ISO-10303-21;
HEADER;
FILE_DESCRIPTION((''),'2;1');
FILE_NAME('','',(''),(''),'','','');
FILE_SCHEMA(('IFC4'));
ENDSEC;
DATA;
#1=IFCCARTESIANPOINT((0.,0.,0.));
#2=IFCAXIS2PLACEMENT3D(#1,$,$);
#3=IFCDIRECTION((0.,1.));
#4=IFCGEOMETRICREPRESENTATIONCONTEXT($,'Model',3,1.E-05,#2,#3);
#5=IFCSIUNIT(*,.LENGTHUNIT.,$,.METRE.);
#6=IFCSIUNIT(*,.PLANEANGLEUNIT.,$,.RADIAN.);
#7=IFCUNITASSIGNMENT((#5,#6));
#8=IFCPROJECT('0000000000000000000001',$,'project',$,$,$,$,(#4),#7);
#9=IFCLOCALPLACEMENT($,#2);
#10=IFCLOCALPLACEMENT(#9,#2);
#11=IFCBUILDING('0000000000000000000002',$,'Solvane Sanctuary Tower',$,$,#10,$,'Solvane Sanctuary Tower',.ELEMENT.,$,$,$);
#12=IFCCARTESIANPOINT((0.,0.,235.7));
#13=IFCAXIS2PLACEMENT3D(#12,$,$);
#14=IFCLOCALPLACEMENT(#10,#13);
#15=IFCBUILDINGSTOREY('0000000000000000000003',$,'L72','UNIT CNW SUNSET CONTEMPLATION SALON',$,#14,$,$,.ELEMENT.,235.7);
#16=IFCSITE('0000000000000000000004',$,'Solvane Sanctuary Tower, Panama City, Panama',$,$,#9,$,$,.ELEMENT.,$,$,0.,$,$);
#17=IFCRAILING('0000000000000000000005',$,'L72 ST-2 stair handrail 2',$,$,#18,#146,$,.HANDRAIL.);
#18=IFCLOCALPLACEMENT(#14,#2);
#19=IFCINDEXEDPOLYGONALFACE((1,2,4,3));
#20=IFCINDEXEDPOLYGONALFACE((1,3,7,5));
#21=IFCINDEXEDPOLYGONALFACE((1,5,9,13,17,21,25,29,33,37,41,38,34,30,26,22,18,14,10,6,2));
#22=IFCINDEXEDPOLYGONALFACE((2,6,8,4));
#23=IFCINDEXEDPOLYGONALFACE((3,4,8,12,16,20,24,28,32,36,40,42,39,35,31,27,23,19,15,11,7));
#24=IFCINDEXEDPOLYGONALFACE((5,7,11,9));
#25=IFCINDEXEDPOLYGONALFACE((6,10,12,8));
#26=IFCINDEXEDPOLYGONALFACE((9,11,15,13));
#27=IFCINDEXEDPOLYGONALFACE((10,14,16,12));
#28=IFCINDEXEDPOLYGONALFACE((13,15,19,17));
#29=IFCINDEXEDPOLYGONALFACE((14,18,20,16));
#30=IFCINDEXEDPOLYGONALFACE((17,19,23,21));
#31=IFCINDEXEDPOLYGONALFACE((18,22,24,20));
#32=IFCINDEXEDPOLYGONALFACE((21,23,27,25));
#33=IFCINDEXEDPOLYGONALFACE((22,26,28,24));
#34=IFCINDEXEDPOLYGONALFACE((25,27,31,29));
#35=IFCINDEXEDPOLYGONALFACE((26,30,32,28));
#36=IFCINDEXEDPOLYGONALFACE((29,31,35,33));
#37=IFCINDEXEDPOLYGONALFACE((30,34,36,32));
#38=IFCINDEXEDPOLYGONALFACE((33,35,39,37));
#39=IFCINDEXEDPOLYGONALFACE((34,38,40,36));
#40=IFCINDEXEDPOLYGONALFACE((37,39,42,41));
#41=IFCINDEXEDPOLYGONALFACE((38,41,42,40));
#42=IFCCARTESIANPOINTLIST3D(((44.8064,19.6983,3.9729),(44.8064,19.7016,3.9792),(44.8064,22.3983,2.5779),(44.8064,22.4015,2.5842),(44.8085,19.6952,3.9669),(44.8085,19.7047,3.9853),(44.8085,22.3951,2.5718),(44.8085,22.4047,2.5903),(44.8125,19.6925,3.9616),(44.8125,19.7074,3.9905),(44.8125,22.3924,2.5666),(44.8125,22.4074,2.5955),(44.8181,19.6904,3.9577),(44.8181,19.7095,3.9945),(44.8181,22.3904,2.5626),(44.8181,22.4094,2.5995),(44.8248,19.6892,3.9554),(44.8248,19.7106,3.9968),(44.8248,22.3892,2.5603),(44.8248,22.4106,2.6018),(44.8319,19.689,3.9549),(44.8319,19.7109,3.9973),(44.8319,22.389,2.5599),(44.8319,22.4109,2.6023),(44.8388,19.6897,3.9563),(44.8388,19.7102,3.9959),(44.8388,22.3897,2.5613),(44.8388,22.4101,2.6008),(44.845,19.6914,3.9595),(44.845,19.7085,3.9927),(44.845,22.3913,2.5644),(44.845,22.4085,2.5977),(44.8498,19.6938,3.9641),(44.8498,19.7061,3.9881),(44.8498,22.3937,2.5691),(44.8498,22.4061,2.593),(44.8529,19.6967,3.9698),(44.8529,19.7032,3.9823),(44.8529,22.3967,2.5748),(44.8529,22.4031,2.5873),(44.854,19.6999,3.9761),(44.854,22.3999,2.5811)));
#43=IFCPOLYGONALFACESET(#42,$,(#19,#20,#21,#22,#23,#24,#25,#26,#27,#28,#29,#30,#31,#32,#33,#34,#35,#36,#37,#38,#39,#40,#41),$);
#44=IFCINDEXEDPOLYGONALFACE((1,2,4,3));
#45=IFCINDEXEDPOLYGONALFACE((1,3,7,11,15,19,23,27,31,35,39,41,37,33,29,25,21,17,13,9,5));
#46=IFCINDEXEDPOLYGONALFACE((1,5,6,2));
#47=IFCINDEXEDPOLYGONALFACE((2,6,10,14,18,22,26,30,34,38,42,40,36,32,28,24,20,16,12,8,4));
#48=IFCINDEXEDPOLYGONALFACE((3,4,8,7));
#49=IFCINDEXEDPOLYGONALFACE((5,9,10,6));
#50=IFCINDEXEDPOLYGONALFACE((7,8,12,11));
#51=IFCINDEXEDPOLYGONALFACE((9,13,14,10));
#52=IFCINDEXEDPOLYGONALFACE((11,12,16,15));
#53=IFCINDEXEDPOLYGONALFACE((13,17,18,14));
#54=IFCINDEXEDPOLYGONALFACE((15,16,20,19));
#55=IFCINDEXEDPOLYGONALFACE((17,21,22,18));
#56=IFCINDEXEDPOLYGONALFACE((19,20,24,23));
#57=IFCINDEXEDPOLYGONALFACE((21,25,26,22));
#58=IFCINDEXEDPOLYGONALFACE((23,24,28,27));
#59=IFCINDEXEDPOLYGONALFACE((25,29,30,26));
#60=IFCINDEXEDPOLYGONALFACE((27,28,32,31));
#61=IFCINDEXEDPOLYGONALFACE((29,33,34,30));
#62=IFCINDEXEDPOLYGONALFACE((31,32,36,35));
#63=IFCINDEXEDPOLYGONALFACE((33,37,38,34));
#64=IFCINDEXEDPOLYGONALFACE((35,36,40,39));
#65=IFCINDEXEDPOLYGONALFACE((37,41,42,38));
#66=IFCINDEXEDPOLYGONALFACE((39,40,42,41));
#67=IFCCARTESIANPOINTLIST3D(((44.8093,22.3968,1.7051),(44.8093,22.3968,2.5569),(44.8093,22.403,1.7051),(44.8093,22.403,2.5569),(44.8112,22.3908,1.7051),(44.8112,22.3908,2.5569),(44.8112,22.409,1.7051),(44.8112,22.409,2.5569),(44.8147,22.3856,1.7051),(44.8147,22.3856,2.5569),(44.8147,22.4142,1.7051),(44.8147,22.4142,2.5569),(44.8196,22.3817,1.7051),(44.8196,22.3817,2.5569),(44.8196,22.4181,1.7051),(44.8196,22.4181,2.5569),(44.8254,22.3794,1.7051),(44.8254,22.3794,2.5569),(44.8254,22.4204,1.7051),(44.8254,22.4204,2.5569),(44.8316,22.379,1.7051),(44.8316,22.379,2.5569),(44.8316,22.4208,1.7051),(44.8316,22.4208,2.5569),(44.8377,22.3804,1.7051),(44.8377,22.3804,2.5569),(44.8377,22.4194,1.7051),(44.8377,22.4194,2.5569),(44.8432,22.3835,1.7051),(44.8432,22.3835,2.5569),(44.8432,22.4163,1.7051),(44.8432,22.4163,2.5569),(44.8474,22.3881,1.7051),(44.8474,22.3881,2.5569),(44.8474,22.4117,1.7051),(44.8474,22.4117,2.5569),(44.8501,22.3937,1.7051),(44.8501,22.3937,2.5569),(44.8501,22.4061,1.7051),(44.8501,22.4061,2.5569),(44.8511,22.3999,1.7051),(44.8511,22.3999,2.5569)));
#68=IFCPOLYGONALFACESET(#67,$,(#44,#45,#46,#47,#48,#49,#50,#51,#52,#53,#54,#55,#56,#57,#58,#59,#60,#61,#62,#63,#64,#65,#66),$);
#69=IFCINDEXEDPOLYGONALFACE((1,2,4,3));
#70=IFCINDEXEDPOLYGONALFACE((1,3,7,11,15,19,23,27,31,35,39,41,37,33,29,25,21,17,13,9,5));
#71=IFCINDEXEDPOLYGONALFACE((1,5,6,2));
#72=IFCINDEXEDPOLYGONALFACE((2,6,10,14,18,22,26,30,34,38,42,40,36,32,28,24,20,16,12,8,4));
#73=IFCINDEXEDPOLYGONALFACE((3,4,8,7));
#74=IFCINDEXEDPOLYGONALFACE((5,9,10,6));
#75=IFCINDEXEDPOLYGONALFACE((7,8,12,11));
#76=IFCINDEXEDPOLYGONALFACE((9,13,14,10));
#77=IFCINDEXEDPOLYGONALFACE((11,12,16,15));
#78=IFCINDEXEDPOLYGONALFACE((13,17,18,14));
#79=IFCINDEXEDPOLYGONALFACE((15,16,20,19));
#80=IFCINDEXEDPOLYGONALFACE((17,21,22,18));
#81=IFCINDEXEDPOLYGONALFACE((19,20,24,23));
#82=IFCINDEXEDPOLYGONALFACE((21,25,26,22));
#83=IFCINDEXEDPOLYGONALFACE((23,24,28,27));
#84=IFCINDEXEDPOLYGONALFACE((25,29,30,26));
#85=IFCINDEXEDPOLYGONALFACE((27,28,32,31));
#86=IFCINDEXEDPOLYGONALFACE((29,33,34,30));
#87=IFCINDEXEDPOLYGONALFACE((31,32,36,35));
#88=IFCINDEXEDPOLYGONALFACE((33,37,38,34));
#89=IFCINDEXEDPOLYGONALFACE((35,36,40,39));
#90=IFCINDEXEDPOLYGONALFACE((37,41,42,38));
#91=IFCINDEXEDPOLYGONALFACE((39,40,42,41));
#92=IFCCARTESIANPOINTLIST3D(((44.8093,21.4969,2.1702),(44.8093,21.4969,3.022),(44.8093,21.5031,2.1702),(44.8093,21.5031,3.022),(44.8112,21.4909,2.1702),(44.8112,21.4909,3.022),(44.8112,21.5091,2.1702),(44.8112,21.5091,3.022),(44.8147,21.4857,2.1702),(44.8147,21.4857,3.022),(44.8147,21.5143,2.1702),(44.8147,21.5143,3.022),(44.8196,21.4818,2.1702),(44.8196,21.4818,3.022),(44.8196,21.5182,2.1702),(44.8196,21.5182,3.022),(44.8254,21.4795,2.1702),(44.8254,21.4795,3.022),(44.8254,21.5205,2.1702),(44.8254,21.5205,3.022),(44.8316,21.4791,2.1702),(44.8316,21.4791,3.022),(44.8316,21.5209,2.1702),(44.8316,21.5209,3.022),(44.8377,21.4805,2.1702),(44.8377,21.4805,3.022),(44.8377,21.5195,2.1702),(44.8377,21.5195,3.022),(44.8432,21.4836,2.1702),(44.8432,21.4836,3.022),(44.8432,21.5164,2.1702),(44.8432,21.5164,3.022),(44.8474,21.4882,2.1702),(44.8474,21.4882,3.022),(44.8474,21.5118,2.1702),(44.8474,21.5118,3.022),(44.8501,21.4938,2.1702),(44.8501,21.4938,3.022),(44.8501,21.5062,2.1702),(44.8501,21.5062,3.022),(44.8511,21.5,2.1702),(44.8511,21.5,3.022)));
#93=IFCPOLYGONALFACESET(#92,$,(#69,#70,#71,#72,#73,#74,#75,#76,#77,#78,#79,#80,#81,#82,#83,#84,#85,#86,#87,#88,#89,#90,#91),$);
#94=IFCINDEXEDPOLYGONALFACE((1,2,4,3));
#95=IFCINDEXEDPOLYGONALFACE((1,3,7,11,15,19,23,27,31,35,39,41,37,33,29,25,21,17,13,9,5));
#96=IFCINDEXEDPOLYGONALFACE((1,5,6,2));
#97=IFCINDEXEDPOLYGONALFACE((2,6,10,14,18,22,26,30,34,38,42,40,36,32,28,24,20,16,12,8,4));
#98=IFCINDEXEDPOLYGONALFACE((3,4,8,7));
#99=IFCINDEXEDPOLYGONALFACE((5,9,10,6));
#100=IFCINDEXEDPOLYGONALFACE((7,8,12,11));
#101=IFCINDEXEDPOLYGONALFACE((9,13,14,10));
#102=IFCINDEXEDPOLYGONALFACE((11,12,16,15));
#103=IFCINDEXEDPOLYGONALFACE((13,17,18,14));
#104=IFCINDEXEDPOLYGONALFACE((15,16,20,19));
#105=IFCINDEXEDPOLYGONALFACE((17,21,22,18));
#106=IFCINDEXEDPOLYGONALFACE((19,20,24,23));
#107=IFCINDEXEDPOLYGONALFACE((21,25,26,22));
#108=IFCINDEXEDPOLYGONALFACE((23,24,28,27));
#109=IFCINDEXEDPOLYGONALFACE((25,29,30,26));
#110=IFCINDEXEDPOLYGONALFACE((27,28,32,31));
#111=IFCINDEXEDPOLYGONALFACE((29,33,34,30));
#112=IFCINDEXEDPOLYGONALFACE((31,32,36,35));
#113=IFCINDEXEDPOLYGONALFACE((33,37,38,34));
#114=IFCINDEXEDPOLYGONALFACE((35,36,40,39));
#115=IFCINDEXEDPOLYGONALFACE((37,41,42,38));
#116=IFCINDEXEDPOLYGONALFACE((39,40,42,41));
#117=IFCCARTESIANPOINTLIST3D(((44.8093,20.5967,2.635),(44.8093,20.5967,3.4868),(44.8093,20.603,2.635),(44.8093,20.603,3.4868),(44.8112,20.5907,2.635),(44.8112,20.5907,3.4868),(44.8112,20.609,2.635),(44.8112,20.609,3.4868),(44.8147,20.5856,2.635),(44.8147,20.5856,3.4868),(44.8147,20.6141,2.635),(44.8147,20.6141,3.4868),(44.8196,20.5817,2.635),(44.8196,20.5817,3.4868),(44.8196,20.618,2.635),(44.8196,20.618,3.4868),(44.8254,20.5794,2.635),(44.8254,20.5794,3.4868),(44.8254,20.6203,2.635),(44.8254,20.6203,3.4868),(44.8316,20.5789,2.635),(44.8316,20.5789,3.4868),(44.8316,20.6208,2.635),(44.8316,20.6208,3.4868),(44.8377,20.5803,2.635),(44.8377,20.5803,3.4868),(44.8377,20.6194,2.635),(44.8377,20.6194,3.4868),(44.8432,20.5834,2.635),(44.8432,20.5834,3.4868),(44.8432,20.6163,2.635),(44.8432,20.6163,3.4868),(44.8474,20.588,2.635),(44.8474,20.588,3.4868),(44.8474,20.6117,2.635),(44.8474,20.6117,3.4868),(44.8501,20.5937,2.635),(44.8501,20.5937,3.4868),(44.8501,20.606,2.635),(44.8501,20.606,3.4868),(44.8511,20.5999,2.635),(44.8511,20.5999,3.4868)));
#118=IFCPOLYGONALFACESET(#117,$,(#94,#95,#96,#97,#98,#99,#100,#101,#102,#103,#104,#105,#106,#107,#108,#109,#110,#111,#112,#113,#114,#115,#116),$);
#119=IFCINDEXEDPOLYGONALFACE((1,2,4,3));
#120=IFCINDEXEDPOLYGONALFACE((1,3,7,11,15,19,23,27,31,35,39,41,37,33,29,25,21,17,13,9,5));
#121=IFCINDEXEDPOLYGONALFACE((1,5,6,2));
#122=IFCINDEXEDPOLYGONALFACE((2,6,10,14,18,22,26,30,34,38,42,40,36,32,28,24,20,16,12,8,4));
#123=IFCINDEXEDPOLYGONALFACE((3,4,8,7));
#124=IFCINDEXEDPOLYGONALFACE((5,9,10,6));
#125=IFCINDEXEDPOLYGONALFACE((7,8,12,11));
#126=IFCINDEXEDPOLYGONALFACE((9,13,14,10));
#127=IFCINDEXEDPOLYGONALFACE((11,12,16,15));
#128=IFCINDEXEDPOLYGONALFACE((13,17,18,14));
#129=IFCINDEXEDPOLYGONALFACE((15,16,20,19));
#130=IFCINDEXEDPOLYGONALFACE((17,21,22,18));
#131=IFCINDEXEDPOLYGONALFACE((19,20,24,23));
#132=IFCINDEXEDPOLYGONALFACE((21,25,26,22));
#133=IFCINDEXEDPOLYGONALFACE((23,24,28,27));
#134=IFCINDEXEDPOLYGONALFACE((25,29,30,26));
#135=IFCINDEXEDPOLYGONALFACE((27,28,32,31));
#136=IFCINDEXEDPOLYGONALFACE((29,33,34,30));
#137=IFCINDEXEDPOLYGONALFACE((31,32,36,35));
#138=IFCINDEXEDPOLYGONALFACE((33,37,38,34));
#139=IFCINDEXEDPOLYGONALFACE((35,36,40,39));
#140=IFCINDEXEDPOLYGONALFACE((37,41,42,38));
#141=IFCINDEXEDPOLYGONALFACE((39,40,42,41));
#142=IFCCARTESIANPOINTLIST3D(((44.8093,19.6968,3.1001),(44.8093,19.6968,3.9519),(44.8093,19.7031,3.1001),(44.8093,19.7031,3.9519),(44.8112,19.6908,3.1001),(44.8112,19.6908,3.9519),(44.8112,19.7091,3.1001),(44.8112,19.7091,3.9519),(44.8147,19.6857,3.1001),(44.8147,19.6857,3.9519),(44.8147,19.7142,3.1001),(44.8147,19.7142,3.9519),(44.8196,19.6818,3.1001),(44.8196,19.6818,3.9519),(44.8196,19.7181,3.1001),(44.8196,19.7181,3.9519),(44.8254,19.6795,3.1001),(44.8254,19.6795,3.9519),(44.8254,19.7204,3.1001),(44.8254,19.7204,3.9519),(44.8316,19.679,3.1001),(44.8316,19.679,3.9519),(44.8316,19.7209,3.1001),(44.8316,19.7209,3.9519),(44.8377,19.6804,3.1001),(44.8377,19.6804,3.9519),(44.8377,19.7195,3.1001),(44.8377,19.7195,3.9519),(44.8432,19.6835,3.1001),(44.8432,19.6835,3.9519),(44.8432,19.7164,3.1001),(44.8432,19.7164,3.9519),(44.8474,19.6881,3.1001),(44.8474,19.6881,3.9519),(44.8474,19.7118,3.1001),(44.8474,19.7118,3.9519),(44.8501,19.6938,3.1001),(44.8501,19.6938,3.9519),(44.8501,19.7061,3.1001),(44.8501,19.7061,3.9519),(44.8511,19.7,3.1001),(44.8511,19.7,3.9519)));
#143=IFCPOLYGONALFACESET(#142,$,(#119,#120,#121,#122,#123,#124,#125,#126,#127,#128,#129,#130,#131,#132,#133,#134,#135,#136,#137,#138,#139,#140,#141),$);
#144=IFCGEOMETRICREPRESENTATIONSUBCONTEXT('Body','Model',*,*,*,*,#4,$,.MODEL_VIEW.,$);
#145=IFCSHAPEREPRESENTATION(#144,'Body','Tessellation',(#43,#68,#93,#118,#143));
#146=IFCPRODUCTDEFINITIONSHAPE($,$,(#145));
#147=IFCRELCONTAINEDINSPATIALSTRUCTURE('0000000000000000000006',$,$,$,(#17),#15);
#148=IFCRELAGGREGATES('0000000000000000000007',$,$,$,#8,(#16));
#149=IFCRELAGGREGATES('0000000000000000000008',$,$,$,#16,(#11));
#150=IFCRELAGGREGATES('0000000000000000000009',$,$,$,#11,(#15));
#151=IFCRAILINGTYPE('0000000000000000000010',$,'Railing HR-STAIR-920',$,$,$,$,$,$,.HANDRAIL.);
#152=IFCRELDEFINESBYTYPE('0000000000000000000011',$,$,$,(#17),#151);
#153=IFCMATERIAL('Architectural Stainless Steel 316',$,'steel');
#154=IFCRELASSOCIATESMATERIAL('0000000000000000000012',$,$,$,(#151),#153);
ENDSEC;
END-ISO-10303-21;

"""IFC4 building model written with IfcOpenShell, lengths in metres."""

from ifc_helpers import new_model, si_unit, direction, frame, origin, origin_2d, place, context, subcontext, project, spatial, circle, extrude, material, type_object, element, save


model = new_model("IFC4")

# Units and contexts
model_context = context("Model", 3, precision=1e-05, world=origin(), true_north=direction((0.0, 1.0)))
body_context = subcontext(model_context, "Body", "Model", "MODEL_VIEW")
ifc_project = project(units=[si_unit("LENGTHUNIT", "METRE"), si_unit("PLANEANGLEUNIT", "RADIAN")], contexts=[model_context])

# Site, building, storey
site_placement = place(None, origin())
site = spatial("IfcSite", under=ifc_project, at=site_placement, Name="Solvane Sanctuary Tower, Panama City, Panama", CompositionType="ELEMENT", RefElevation=0.0)
building_placement = place(site_placement, origin())
building = spatial("IfcBuilding", under=site, at=building_placement, Name="Solvane Sanctuary Tower", LongName="Solvane Sanctuary Tower", CompositionType="ELEMENT")
storey_placement = place(building_placement, frame((0.0, 0.0, 235.7)))
storey = spatial("IfcBuildingStorey", under=building, at=storey_placement, Name="L72", Description="UNIT CNW SUNSET CONTEMPLATION SALON", CompositionType="ELEMENT", Elevation=235.7)

# Shared definitions
ifc_material_1 = material(Name="Architectural Stainless Steel 316", Category="steel")

# Railing
railing_type_1 = type_object("IfcRailingType", Name="Railing HR-STAIR-920", PredefinedType="HANDRAIL", material=ifc_material_1)
railing_1_placement = place(storey_placement, frame((44.8301, 22.3999, 1.7051)))
element("IfcRailing", 1, at=railing_1_placement, inside=storey, type_object=railing_type_1, Name="L72 ST-2 stair handrail 2", PredefinedType="HANDRAIL", context=body_context, shape_type="SweptSolid", body=[
    extrude(circle(Radius=0.0239, at=origin_2d()), frame((0.0, 0.0, 0.876), z_axis=(0.0, -0.88842, 0.459032), x_axis=(1.0, 0.0, 0.0)), (0.0, 0.0, 1.0), 3.0391),
    extrude(circle(Radius=0.021, at=origin_2d()), origin(), (0.0, 0.0, 1.0), 0.8518),
    extrude(circle(Radius=0.021, at=origin_2d()), frame((0.0, -0.8999, 0.4651)), (0.0, 0.0, 1.0), 0.8518),
    extrude(circle(Radius=0.021, at=origin_2d()), frame((0.0, -1.8, 0.9299)), (0.0, 0.0, 1.0), 0.8518),
    extrude(circle(Radius=0.021, at=origin_2d()), frame((0.0, -2.7, 1.395)), (0.0, 0.0, 1.0), 0.8518),
])

save(model, "model.ifc")
